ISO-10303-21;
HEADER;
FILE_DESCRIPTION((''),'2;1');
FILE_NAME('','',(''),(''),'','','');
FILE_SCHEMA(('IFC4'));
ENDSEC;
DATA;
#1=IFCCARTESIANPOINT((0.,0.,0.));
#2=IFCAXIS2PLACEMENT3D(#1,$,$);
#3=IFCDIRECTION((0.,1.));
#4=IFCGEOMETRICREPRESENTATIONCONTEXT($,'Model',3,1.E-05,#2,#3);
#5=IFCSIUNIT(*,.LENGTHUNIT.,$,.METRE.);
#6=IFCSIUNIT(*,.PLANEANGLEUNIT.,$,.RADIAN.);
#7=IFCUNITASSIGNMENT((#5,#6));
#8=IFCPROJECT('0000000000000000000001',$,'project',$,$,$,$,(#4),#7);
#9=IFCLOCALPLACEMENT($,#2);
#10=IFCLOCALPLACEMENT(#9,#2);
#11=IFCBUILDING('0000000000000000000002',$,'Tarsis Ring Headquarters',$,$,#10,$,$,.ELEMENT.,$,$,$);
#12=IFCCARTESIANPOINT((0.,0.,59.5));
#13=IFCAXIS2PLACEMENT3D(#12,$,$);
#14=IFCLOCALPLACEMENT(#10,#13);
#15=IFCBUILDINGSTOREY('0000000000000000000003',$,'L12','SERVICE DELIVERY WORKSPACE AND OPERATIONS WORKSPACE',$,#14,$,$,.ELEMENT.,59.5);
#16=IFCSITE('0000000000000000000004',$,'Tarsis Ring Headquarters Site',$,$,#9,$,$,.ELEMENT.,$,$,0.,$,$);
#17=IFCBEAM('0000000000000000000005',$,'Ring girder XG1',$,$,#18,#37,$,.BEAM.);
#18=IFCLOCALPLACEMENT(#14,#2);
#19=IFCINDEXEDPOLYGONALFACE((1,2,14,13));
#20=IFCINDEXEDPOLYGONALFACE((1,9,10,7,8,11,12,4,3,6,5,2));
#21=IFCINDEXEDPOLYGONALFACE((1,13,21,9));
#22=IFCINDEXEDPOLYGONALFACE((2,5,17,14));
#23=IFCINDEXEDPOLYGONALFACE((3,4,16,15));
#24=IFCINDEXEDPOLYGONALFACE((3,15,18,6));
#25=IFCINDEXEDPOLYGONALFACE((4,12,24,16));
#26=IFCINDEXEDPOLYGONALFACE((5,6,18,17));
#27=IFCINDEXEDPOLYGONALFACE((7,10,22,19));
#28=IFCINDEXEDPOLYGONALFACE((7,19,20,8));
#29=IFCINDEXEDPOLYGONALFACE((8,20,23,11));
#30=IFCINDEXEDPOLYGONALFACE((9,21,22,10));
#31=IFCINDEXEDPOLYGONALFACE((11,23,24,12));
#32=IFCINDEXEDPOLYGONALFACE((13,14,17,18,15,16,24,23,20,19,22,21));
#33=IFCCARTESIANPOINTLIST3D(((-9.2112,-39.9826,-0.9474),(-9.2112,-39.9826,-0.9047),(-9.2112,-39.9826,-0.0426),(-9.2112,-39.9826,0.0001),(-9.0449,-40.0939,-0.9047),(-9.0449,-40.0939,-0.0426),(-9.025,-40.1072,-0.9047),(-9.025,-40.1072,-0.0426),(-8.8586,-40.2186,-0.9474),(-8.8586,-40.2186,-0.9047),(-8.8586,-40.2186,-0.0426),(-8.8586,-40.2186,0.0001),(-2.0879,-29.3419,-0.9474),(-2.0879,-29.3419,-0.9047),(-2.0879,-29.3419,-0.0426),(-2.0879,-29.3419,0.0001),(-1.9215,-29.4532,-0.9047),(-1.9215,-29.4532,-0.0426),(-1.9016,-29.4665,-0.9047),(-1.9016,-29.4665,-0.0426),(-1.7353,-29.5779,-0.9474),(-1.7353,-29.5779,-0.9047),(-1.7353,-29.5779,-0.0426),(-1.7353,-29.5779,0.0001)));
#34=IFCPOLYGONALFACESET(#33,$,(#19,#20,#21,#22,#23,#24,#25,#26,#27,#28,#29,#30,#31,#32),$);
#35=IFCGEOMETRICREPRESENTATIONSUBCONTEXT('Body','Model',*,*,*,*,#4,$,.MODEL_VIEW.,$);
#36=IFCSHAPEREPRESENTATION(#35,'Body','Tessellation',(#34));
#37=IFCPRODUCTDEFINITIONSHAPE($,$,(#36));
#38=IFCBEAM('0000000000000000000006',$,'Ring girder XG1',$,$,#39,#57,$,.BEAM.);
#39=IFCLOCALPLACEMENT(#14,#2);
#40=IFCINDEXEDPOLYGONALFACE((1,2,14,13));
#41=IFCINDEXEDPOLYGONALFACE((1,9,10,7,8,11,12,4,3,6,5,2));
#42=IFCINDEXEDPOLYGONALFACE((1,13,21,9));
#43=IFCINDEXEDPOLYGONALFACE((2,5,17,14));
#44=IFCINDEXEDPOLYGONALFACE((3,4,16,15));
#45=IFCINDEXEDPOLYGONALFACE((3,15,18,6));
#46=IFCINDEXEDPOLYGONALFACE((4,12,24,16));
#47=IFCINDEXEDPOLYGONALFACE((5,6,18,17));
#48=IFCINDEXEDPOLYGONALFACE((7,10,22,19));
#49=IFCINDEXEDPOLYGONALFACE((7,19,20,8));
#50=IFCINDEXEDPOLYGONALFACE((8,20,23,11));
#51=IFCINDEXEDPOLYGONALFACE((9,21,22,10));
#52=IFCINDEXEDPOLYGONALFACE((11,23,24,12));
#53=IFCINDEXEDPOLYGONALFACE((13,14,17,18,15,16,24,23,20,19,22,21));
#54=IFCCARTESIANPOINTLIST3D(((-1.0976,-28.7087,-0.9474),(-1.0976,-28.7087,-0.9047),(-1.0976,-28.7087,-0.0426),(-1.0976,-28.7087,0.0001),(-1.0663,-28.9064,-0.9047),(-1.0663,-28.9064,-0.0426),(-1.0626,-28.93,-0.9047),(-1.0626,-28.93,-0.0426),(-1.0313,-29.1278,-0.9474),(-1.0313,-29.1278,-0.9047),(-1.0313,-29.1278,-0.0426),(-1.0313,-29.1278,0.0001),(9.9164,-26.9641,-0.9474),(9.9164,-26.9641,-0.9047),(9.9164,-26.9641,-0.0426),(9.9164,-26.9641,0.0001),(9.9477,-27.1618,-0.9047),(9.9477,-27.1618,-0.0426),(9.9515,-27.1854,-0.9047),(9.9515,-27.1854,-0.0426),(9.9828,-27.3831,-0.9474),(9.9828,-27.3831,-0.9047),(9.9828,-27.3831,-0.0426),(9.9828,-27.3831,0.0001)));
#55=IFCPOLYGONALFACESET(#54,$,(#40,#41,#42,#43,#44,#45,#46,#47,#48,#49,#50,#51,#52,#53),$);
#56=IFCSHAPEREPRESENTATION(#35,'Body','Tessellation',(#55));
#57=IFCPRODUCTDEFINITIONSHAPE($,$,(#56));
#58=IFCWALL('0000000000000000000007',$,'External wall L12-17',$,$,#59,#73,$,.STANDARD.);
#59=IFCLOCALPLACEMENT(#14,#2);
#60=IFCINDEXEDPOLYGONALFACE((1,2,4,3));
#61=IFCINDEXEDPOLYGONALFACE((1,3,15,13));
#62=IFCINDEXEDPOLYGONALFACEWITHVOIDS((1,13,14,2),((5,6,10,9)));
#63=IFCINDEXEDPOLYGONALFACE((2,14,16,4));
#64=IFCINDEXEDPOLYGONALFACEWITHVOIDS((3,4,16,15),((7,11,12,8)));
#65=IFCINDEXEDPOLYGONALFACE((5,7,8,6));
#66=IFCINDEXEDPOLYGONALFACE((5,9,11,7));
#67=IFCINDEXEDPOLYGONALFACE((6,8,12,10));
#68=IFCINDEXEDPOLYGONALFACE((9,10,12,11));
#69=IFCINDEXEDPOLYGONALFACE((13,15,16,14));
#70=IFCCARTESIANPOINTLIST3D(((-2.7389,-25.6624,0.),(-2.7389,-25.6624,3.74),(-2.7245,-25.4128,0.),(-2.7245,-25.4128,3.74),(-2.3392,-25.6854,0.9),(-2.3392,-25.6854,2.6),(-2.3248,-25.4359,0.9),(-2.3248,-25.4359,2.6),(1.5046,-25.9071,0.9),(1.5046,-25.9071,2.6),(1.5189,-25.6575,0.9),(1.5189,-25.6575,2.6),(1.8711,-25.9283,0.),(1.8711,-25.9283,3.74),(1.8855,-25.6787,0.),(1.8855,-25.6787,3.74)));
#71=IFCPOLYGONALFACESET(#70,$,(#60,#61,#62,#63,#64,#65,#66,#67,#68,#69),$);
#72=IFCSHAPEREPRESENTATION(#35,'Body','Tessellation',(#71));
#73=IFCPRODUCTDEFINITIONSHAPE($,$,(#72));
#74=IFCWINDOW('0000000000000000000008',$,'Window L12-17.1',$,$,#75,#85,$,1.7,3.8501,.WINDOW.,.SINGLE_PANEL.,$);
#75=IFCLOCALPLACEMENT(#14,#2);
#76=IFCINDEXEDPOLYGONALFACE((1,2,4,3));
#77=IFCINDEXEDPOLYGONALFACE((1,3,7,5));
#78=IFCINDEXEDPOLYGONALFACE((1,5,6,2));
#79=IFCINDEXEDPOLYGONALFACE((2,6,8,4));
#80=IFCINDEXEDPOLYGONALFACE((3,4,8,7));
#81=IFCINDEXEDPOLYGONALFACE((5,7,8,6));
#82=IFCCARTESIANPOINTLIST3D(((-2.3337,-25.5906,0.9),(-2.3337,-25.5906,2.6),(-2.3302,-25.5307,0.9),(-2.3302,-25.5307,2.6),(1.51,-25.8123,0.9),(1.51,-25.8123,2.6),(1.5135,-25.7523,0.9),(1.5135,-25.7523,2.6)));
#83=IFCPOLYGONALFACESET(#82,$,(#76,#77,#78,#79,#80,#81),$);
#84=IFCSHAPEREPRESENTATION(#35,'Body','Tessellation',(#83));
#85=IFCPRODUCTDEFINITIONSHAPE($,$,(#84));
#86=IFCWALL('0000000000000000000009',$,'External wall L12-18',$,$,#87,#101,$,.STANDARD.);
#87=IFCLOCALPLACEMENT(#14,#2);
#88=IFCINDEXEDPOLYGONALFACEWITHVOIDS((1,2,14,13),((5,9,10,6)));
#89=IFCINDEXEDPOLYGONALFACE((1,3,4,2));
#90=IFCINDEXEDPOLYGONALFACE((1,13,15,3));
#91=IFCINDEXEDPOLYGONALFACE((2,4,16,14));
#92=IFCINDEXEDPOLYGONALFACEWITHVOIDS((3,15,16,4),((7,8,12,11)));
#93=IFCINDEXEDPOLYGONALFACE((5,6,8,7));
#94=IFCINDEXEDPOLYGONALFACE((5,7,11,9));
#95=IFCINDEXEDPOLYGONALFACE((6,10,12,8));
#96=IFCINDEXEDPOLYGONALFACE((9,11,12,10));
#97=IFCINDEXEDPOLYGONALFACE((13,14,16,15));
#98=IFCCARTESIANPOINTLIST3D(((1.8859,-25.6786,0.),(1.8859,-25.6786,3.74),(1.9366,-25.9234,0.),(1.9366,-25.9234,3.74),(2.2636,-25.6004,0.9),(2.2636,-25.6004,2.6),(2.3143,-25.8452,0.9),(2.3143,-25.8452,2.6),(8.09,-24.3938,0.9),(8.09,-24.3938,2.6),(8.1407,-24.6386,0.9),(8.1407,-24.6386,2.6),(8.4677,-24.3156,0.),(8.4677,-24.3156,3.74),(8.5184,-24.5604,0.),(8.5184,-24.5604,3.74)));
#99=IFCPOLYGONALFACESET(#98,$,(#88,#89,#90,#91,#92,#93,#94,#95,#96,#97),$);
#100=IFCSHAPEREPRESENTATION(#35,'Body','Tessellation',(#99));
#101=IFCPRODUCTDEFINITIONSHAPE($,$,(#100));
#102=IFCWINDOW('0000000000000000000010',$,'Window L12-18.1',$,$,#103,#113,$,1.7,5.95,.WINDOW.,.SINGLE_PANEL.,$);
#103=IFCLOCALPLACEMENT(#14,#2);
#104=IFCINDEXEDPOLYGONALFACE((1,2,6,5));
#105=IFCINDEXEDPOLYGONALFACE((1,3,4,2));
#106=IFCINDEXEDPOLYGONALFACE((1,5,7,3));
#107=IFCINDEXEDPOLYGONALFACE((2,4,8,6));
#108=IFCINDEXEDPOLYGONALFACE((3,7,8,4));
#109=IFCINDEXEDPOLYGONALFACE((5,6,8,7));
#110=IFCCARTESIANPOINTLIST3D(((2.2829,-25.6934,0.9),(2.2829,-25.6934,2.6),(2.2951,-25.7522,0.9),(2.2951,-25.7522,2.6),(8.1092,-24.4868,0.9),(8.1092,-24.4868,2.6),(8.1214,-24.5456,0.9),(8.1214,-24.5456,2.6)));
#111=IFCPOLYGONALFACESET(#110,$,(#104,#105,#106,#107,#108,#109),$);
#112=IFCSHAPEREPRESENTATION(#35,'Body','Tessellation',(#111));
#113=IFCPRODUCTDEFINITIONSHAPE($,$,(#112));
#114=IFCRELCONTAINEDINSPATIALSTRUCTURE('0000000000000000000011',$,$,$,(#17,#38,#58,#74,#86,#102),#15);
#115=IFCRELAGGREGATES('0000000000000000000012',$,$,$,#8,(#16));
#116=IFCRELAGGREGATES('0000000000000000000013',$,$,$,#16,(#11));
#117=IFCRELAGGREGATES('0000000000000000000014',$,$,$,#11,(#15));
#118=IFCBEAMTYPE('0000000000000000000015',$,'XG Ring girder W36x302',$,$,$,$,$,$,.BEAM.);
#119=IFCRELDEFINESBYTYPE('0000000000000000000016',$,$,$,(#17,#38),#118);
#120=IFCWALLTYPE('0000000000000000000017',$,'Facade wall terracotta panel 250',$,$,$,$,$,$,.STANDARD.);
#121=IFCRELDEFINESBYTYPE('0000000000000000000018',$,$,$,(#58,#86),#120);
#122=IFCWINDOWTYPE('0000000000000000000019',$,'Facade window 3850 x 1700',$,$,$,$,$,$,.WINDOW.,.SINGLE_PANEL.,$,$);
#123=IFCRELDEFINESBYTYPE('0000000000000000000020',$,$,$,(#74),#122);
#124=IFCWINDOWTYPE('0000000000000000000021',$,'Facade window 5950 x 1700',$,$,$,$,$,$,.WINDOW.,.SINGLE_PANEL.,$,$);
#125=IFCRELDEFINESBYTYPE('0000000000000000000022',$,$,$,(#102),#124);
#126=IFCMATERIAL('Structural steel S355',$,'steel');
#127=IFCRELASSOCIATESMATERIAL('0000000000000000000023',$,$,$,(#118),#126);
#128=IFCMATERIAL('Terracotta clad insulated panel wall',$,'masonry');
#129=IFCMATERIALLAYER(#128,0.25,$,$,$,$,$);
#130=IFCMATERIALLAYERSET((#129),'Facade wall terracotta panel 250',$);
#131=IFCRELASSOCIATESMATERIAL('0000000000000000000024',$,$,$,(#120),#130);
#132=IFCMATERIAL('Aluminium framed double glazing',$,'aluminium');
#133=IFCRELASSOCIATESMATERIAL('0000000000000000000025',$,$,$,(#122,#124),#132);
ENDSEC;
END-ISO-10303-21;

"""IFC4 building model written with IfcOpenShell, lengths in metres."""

from ifc_helpers import new_model, si_unit, direction, frame, frame_2d, origin, origin_2d, place, context, subcontext, project, spatial, rectangle, i_section, extrude, material, layer, layer_set, material_profile, profile_set, type_object, element, fill, save


model = new_model("IFC4")

# Units and contexts
model_context = context("Model", 3, precision=1e-05, world=origin(), true_north=direction((0.0, 1.0)))
body_context = subcontext(model_context, "Body", "Model", "MODEL_VIEW")
ifc_project = project(units=[si_unit("LENGTHUNIT", "METRE"), si_unit("PLANEANGLEUNIT", "RADIAN")], contexts=[model_context])

# Site, building, storey
site_placement = place(None, origin())
site = spatial("IfcSite", under=ifc_project, at=site_placement, Name="Tarsis Ring Headquarters Site", CompositionType="ELEMENT", RefElevation=0.0)
building_placement = place(site_placement, origin())
building = spatial("IfcBuilding", under=site, at=building_placement, Name="Tarsis Ring Headquarters", CompositionType="ELEMENT")
storey_placement = place(building_placement, frame((0.0, 0.0, 59.5)))
storey = spatial("IfcBuildingStorey", under=building, at=storey_placement, Name="L12", Description="SERVICE DELIVERY WORKSPACE AND OPERATIONS WORKSPACE", CompositionType="ELEMENT", Elevation=59.5)

# Beams
ifc_material_1 = material(Name="Structural steel S355", Category="steel")
ifc_material_profile_1 = material_profile(ifc_material_1, i_section(OverallWidth=0.4243, OverallDepth=0.9475, WebThickness=0.0239, FlangeThickness=0.0427, at=origin_2d()), Name="W36x302")
ifc_profile_set_1 = profile_set([ifc_material_profile_1], Name="Structural steel S355")
beam_type = type_object("IfcBeamType", Name="XG Ring girder W36x302", PredefinedType="BEAM", material=ifc_profile_set_1)
beam_1_placement = place(storey_placement, frame((-9.0349, -40.1006, -0.4736), z_axis=(0.556296, 0.830984, 0.0), x_axis=(-0.830984, 0.556296, 0.0)))
element("IfcBeam", 1, at=beam_1_placement, inside=storey, type_object=beam_type, Name="Ring girder XG1", PredefinedType="BEAM", context=body_context, shape_type="SweptSolid", body=[
    extrude(i_section(OverallWidth=0.4243, OverallDepth=0.9475, WebThickness=0.0239, FlangeThickness=0.0427, at=origin_2d()), origin(), (0.0, 0.0, 1.0), 12.8049),
])
beam_2_placement = place(storey_placement, frame((-1.0645, -28.9182, -0.4736), z_axis=(0.987686, 0.156448, 0.0), x_axis=(-0.156448, 0.987686, 0.0)))
element("IfcBeam", 2, at=beam_2_placement, inside=storey, type_object=beam_type, Name="Ring girder XG1", PredefinedType="BEAM", context=body_context, shape_type="SweptSolid", body=[
    extrude(i_section(OverallWidth=0.4243, OverallDepth=0.9475, WebThickness=0.0239, FlangeThickness=0.0427, at=origin_2d()), origin(), (0.0, 0.0, 1.0), 11.1514),
])

# Walls, openings, windows
ifc_material_2 = material(Name="Terracotta clad insulated panel wall", Category="masonry")
ifc_layer = layer(ifc_material_2, 0.25)
ifc_layer_set = layer_set([ifc_layer], Name="Facade wall terracotta panel 250")
wall_type = type_object("IfcWallType", Name="Facade wall terracotta panel 250", PredefinedType="STANDARD", material=ifc_layer_set)
wall_1_placement = place(storey_placement, frame((-2.7317, -25.5376, 0.0), z_axis=(0.0, 0.0, 1.0), x_axis=(0.998341, -0.057575, 0.0)))
wall_1 = element("IfcWall", 3, at=wall_1_placement, inside=storey, type_object=wall_type, Name="External wall L12-17", PredefinedType="STANDARD", context=body_context, shape_type="SweptSolid", body=[
    extrude(rectangle(XDim=4.6177, YDim=0.25, at=frame_2d((2.3088, 0.0))), origin(), (0.0, 0.0, 1.0), 3.74),
])
opening_1_placement = place(wall_1_placement, frame((0.4004, 0.0, 0.8999)))
opening_1 = element("IfcOpeningElement", 4, at=opening_1_placement, cuts=wall_1, PredefinedType="OPENING", context=body_context, shape_type="SweptSolid", body=[
    extrude(rectangle(XDim=3.8501, YDim=1.7, at=frame_2d((1.925, 0.8501))), frame((0.0, 0.135, 0.0), z_axis=(0.0, -1.0, 0.0), x_axis=(1.0, 0.0, 0.0)), (0.0, 0.0, 1.0), 0.27),
])
ifc_material_3 = material(Name="Aluminium framed double glazing", Category="aluminium")
window_type_1 = type_object("IfcWindowType", Name="Facade window 3850 x 1700", PartitioningType="SINGLE_PANEL", PredefinedType="WINDOW", material=ifc_material_3)
window_1_placement = place(opening_1_placement, origin())
window_1 = element("IfcWindow", 5, at=window_1_placement, inside=storey, type_object=window_type_1, Name="Window L12-17.1", OverallHeight=1.7, OverallWidth=3.8501, PartitioningType="SINGLE_PANEL", PredefinedType="WINDOW", context=body_context, shape_type="SweptSolid", body=[
    extrude(rectangle(XDim=3.8501, YDim=1.7, at=frame_2d((1.925, 0.8501))), frame((0.0, 0.03, 0.0), z_axis=(0.0, -1.0, 0.0), x_axis=(1.0, 0.0, 0.0)), (0.0, 0.0, 1.0), 0.0601),
])
fill(opening_1, window_1)
wall_2_placement = place(storey_placement, frame((1.9111, -25.801, 0.0), z_axis=(0.0, 0.0, 1.0), x_axis=(0.979222, 0.202789, 0.0)))
wall_2 = element("IfcWall", 6, at=wall_2_placement, inside=storey, type_object=wall_type, Name="External wall L12-18", PredefinedType="STANDARD", context=body_context, shape_type="SweptSolid", body=[
    extrude(rectangle(XDim=6.7214, YDim=0.25, at=frame_2d((3.3608, 0.0))), origin(), (0.0, 0.0, 1.0), 3.74),
])
opening_2_placement = place(wall_2_placement, frame((0.3857, 0.0, 0.8999)))
opening_2 = element("IfcOpeningElement", 7, at=opening_2_placement, cuts=wall_2, PredefinedType="OPENING", context=body_context, shape_type="SweptSolid", body=[
    extrude(rectangle(XDim=5.95, YDim=1.7, at=frame_2d((2.9751, 0.8501))), frame((0.0, 0.135, 0.0), z_axis=(0.0, -1.0, 0.0), x_axis=(1.0, 0.0, 0.0)), (0.0, 0.0, 1.0), 0.27),
])
window_type_2 = type_object("IfcWindowType", Name="Facade window 5950 x 1700", PartitioningType="SINGLE_PANEL", PredefinedType="WINDOW", material=ifc_material_3)
window_2_placement = place(opening_2_placement, origin())
window_2 = element("IfcWindow", 8, at=window_2_placement, inside=storey, type_object=window_type_2, Name="Window L12-18.1", OverallHeight=1.7, OverallWidth=5.95, PartitioningType="SINGLE_PANEL", PredefinedType="WINDOW", context=body_context, shape_type="SweptSolid", body=[
    extrude(rectangle(XDim=5.95, YDim=1.7, at=frame_2d((2.9751, 0.8501))), frame((0.0, 0.03, 0.0), z_axis=(0.0, -1.0, 0.0), x_axis=(1.0, 0.0, 0.0)), (0.0, 0.0, 1.0), 0.0601),
])
fill(opening_2, window_2)

save(model, "model.ifc")
